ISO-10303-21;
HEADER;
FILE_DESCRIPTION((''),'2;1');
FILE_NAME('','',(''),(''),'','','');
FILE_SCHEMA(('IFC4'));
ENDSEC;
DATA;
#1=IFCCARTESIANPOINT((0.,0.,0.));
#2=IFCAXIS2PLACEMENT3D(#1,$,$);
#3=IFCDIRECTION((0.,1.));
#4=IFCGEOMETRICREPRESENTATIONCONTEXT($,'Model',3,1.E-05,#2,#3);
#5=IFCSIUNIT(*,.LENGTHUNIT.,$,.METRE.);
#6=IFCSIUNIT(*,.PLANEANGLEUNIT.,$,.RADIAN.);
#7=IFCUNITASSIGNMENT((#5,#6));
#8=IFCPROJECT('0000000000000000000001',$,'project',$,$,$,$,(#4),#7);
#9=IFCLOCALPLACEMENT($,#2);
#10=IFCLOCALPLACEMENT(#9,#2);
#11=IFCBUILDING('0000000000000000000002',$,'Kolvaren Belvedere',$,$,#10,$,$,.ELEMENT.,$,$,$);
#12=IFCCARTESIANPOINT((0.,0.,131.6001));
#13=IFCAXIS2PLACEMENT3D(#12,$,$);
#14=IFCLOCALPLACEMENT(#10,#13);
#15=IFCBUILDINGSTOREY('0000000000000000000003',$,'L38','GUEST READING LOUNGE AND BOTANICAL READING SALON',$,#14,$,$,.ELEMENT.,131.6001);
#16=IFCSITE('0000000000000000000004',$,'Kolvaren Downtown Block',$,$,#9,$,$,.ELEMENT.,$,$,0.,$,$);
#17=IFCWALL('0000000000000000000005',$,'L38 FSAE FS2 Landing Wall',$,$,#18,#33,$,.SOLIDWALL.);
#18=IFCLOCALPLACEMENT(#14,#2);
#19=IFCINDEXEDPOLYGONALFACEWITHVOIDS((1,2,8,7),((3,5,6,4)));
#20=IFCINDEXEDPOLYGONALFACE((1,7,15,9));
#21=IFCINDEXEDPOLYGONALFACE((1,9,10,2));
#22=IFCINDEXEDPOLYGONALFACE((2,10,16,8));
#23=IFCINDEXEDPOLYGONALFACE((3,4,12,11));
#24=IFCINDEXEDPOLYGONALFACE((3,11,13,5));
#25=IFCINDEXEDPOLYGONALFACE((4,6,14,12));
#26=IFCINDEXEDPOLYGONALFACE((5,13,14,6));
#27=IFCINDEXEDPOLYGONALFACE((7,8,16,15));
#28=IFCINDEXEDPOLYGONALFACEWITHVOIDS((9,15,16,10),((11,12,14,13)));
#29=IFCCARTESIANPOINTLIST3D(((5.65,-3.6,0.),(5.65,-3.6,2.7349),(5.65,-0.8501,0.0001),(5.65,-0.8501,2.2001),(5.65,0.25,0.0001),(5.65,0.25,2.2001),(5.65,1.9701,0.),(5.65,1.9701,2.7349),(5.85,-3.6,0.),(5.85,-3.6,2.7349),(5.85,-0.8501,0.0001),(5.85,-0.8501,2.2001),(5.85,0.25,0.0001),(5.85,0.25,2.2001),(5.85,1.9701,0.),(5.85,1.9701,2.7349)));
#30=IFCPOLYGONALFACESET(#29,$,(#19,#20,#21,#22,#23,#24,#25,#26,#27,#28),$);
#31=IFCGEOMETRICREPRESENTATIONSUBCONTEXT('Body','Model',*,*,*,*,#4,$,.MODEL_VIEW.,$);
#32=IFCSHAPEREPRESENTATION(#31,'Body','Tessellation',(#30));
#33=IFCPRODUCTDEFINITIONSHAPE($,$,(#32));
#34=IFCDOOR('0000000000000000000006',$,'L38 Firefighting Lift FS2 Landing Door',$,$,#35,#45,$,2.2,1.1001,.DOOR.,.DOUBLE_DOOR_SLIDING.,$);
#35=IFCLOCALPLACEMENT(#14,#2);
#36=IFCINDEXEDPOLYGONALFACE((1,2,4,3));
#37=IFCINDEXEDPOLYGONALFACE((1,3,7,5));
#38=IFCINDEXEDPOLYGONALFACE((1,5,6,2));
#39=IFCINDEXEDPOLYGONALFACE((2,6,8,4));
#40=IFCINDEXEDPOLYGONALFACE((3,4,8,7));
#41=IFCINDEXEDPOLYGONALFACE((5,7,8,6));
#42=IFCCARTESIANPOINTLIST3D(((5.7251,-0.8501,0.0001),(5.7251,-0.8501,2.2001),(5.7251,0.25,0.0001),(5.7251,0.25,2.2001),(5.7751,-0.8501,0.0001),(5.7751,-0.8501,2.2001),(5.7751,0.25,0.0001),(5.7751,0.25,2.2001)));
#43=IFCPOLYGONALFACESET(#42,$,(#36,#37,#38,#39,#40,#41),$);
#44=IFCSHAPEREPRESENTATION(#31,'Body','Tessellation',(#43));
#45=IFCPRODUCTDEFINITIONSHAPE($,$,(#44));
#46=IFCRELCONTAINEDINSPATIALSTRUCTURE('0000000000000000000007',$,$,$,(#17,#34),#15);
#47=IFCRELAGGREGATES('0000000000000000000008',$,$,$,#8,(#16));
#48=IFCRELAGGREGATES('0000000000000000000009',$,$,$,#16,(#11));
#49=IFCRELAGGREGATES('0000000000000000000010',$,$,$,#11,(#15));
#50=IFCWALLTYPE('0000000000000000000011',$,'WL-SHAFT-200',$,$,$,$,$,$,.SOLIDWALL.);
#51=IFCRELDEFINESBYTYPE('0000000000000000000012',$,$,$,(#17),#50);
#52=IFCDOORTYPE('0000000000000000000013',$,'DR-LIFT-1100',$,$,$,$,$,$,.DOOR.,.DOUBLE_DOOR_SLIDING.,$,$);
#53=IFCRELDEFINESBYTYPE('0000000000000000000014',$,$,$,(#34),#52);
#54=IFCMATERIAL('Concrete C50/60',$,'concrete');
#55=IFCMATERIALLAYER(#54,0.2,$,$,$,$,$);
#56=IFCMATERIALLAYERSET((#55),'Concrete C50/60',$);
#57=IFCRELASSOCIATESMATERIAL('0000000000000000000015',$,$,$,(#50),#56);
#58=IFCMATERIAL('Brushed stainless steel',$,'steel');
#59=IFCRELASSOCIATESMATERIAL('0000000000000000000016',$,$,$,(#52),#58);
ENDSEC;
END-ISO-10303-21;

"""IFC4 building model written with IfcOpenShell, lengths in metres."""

from ifc_helpers import new_model, si_unit, direction, frame, frame_2d, origin, place, context, subcontext, project, spatial, rectangle, extrude, material, layer, layer_set, type_object, element, fill, save


model = new_model("IFC4")

# Units and contexts
model_context = context("Model", 3, precision=1e-05, world=origin(), true_north=direction((0.0, 1.0)))
body_context = subcontext(model_context, "Body", "Model", "MODEL_VIEW")
ifc_project = project(units=[si_unit("LENGTHUNIT", "METRE"), si_unit("PLANEANGLEUNIT", "RADIAN")], contexts=[model_context])

# Site, building, storey
site_placement = place(None, origin())
site = spatial("IfcSite", under=ifc_project, at=site_placement, Name="Kolvaren Downtown Block", CompositionType="ELEMENT", RefElevation=0.0)
building_placement = place(site_placement, origin())
building = spatial("IfcBuilding", under=site, at=building_placement, Name="Kolvaren Belvedere", CompositionType="ELEMENT")
storey_placement = place(building_placement, frame((0.0, 0.0, 131.6001)))
storey = spatial("IfcBuildingStorey", under=building, at=storey_placement, Name="L38", Description="GUEST READING LOUNGE AND BOTANICAL READING SALON", CompositionType="ELEMENT", Elevation=131.6001)

# Wall, opening, door
ifc_material_1 = material(Name="Concrete C50/60", Category="concrete")
ifc_layer_1 = layer(ifc_material_1, 0.2)
ifc_layer_set_1 = layer_set([ifc_layer_1], Name="Concrete C50/60")
wall_type_1 = type_object("IfcWallType", Name="WL-SHAFT-200", PredefinedType="SOLIDWALL", material=ifc_layer_set_1)
wall_1_placement = place(storey_placement, frame((5.75, -3.6001, 0.0), z_axis=(0.0, 0.0, 1.0), x_axis=(0.0, 1.0, 0.0)))
wall_1 = element("IfcWall", 1, at=wall_1_placement, inside=storey, type_object=wall_type_1, Name="L38 FSAE FS2 Landing Wall", PredefinedType="SOLIDWALL", context=body_context, shape_type="SweptSolid", body=[
    extrude(rectangle(XDim=5.5701, YDim=0.2, at=frame_2d((2.7852, 0.0))), origin(), (0.0, 0.0, 1.0), 2.7349),
])
opening_1_placement = place(wall_1_placement, frame((2.75, 0.0, 0.0)))
opening_1 = element("IfcOpeningElement", 2, at=opening_1_placement, cuts=wall_1, PredefinedType="OPENING", context=body_context, shape_type="SweptSolid", body=[
    extrude(rectangle(XDim=1.1001, YDim=2.2, at=frame_2d((0.55, 1.1001))), frame((0.0, 0.1099, 0.0), z_axis=(0.0, -1.0, 0.0), x_axis=(1.0, 0.0, 0.0)), (0.0, 0.0, 1.0), 0.22),
])
ifc_material_2 = material(Name="Brushed stainless steel", Category="steel")
door_type_1 = type_object("IfcDoorType", Name="DR-LIFT-1100", OperationType="DOUBLE_DOOR_SLIDING", PredefinedType="DOOR", material=ifc_material_2)
door_1_placement = place(opening_1_placement, origin())
door_1 = element("IfcDoor", 3, at=door_1_placement, inside=storey, type_object=door_type_1, Name="L38 Firefighting Lift FS2 Landing Door", OperationType="DOUBLE_DOOR_SLIDING", OverallHeight=2.2, OverallWidth=1.1001, PredefinedType="DOOR", context=body_context, shape_type="SweptSolid", body=[
    extrude(rectangle(XDim=1.1001, YDim=2.2, at=frame_2d((0.55, 1.1001))), frame((0.0, 0.0249, 0.0), z_axis=(0.0, -1.0, 0.0), x_axis=(1.0, 0.0, 0.0)), (0.0, 0.0, 1.0), 0.05),
])
fill(opening_1, door_1)

save(model, "model.ifc")
